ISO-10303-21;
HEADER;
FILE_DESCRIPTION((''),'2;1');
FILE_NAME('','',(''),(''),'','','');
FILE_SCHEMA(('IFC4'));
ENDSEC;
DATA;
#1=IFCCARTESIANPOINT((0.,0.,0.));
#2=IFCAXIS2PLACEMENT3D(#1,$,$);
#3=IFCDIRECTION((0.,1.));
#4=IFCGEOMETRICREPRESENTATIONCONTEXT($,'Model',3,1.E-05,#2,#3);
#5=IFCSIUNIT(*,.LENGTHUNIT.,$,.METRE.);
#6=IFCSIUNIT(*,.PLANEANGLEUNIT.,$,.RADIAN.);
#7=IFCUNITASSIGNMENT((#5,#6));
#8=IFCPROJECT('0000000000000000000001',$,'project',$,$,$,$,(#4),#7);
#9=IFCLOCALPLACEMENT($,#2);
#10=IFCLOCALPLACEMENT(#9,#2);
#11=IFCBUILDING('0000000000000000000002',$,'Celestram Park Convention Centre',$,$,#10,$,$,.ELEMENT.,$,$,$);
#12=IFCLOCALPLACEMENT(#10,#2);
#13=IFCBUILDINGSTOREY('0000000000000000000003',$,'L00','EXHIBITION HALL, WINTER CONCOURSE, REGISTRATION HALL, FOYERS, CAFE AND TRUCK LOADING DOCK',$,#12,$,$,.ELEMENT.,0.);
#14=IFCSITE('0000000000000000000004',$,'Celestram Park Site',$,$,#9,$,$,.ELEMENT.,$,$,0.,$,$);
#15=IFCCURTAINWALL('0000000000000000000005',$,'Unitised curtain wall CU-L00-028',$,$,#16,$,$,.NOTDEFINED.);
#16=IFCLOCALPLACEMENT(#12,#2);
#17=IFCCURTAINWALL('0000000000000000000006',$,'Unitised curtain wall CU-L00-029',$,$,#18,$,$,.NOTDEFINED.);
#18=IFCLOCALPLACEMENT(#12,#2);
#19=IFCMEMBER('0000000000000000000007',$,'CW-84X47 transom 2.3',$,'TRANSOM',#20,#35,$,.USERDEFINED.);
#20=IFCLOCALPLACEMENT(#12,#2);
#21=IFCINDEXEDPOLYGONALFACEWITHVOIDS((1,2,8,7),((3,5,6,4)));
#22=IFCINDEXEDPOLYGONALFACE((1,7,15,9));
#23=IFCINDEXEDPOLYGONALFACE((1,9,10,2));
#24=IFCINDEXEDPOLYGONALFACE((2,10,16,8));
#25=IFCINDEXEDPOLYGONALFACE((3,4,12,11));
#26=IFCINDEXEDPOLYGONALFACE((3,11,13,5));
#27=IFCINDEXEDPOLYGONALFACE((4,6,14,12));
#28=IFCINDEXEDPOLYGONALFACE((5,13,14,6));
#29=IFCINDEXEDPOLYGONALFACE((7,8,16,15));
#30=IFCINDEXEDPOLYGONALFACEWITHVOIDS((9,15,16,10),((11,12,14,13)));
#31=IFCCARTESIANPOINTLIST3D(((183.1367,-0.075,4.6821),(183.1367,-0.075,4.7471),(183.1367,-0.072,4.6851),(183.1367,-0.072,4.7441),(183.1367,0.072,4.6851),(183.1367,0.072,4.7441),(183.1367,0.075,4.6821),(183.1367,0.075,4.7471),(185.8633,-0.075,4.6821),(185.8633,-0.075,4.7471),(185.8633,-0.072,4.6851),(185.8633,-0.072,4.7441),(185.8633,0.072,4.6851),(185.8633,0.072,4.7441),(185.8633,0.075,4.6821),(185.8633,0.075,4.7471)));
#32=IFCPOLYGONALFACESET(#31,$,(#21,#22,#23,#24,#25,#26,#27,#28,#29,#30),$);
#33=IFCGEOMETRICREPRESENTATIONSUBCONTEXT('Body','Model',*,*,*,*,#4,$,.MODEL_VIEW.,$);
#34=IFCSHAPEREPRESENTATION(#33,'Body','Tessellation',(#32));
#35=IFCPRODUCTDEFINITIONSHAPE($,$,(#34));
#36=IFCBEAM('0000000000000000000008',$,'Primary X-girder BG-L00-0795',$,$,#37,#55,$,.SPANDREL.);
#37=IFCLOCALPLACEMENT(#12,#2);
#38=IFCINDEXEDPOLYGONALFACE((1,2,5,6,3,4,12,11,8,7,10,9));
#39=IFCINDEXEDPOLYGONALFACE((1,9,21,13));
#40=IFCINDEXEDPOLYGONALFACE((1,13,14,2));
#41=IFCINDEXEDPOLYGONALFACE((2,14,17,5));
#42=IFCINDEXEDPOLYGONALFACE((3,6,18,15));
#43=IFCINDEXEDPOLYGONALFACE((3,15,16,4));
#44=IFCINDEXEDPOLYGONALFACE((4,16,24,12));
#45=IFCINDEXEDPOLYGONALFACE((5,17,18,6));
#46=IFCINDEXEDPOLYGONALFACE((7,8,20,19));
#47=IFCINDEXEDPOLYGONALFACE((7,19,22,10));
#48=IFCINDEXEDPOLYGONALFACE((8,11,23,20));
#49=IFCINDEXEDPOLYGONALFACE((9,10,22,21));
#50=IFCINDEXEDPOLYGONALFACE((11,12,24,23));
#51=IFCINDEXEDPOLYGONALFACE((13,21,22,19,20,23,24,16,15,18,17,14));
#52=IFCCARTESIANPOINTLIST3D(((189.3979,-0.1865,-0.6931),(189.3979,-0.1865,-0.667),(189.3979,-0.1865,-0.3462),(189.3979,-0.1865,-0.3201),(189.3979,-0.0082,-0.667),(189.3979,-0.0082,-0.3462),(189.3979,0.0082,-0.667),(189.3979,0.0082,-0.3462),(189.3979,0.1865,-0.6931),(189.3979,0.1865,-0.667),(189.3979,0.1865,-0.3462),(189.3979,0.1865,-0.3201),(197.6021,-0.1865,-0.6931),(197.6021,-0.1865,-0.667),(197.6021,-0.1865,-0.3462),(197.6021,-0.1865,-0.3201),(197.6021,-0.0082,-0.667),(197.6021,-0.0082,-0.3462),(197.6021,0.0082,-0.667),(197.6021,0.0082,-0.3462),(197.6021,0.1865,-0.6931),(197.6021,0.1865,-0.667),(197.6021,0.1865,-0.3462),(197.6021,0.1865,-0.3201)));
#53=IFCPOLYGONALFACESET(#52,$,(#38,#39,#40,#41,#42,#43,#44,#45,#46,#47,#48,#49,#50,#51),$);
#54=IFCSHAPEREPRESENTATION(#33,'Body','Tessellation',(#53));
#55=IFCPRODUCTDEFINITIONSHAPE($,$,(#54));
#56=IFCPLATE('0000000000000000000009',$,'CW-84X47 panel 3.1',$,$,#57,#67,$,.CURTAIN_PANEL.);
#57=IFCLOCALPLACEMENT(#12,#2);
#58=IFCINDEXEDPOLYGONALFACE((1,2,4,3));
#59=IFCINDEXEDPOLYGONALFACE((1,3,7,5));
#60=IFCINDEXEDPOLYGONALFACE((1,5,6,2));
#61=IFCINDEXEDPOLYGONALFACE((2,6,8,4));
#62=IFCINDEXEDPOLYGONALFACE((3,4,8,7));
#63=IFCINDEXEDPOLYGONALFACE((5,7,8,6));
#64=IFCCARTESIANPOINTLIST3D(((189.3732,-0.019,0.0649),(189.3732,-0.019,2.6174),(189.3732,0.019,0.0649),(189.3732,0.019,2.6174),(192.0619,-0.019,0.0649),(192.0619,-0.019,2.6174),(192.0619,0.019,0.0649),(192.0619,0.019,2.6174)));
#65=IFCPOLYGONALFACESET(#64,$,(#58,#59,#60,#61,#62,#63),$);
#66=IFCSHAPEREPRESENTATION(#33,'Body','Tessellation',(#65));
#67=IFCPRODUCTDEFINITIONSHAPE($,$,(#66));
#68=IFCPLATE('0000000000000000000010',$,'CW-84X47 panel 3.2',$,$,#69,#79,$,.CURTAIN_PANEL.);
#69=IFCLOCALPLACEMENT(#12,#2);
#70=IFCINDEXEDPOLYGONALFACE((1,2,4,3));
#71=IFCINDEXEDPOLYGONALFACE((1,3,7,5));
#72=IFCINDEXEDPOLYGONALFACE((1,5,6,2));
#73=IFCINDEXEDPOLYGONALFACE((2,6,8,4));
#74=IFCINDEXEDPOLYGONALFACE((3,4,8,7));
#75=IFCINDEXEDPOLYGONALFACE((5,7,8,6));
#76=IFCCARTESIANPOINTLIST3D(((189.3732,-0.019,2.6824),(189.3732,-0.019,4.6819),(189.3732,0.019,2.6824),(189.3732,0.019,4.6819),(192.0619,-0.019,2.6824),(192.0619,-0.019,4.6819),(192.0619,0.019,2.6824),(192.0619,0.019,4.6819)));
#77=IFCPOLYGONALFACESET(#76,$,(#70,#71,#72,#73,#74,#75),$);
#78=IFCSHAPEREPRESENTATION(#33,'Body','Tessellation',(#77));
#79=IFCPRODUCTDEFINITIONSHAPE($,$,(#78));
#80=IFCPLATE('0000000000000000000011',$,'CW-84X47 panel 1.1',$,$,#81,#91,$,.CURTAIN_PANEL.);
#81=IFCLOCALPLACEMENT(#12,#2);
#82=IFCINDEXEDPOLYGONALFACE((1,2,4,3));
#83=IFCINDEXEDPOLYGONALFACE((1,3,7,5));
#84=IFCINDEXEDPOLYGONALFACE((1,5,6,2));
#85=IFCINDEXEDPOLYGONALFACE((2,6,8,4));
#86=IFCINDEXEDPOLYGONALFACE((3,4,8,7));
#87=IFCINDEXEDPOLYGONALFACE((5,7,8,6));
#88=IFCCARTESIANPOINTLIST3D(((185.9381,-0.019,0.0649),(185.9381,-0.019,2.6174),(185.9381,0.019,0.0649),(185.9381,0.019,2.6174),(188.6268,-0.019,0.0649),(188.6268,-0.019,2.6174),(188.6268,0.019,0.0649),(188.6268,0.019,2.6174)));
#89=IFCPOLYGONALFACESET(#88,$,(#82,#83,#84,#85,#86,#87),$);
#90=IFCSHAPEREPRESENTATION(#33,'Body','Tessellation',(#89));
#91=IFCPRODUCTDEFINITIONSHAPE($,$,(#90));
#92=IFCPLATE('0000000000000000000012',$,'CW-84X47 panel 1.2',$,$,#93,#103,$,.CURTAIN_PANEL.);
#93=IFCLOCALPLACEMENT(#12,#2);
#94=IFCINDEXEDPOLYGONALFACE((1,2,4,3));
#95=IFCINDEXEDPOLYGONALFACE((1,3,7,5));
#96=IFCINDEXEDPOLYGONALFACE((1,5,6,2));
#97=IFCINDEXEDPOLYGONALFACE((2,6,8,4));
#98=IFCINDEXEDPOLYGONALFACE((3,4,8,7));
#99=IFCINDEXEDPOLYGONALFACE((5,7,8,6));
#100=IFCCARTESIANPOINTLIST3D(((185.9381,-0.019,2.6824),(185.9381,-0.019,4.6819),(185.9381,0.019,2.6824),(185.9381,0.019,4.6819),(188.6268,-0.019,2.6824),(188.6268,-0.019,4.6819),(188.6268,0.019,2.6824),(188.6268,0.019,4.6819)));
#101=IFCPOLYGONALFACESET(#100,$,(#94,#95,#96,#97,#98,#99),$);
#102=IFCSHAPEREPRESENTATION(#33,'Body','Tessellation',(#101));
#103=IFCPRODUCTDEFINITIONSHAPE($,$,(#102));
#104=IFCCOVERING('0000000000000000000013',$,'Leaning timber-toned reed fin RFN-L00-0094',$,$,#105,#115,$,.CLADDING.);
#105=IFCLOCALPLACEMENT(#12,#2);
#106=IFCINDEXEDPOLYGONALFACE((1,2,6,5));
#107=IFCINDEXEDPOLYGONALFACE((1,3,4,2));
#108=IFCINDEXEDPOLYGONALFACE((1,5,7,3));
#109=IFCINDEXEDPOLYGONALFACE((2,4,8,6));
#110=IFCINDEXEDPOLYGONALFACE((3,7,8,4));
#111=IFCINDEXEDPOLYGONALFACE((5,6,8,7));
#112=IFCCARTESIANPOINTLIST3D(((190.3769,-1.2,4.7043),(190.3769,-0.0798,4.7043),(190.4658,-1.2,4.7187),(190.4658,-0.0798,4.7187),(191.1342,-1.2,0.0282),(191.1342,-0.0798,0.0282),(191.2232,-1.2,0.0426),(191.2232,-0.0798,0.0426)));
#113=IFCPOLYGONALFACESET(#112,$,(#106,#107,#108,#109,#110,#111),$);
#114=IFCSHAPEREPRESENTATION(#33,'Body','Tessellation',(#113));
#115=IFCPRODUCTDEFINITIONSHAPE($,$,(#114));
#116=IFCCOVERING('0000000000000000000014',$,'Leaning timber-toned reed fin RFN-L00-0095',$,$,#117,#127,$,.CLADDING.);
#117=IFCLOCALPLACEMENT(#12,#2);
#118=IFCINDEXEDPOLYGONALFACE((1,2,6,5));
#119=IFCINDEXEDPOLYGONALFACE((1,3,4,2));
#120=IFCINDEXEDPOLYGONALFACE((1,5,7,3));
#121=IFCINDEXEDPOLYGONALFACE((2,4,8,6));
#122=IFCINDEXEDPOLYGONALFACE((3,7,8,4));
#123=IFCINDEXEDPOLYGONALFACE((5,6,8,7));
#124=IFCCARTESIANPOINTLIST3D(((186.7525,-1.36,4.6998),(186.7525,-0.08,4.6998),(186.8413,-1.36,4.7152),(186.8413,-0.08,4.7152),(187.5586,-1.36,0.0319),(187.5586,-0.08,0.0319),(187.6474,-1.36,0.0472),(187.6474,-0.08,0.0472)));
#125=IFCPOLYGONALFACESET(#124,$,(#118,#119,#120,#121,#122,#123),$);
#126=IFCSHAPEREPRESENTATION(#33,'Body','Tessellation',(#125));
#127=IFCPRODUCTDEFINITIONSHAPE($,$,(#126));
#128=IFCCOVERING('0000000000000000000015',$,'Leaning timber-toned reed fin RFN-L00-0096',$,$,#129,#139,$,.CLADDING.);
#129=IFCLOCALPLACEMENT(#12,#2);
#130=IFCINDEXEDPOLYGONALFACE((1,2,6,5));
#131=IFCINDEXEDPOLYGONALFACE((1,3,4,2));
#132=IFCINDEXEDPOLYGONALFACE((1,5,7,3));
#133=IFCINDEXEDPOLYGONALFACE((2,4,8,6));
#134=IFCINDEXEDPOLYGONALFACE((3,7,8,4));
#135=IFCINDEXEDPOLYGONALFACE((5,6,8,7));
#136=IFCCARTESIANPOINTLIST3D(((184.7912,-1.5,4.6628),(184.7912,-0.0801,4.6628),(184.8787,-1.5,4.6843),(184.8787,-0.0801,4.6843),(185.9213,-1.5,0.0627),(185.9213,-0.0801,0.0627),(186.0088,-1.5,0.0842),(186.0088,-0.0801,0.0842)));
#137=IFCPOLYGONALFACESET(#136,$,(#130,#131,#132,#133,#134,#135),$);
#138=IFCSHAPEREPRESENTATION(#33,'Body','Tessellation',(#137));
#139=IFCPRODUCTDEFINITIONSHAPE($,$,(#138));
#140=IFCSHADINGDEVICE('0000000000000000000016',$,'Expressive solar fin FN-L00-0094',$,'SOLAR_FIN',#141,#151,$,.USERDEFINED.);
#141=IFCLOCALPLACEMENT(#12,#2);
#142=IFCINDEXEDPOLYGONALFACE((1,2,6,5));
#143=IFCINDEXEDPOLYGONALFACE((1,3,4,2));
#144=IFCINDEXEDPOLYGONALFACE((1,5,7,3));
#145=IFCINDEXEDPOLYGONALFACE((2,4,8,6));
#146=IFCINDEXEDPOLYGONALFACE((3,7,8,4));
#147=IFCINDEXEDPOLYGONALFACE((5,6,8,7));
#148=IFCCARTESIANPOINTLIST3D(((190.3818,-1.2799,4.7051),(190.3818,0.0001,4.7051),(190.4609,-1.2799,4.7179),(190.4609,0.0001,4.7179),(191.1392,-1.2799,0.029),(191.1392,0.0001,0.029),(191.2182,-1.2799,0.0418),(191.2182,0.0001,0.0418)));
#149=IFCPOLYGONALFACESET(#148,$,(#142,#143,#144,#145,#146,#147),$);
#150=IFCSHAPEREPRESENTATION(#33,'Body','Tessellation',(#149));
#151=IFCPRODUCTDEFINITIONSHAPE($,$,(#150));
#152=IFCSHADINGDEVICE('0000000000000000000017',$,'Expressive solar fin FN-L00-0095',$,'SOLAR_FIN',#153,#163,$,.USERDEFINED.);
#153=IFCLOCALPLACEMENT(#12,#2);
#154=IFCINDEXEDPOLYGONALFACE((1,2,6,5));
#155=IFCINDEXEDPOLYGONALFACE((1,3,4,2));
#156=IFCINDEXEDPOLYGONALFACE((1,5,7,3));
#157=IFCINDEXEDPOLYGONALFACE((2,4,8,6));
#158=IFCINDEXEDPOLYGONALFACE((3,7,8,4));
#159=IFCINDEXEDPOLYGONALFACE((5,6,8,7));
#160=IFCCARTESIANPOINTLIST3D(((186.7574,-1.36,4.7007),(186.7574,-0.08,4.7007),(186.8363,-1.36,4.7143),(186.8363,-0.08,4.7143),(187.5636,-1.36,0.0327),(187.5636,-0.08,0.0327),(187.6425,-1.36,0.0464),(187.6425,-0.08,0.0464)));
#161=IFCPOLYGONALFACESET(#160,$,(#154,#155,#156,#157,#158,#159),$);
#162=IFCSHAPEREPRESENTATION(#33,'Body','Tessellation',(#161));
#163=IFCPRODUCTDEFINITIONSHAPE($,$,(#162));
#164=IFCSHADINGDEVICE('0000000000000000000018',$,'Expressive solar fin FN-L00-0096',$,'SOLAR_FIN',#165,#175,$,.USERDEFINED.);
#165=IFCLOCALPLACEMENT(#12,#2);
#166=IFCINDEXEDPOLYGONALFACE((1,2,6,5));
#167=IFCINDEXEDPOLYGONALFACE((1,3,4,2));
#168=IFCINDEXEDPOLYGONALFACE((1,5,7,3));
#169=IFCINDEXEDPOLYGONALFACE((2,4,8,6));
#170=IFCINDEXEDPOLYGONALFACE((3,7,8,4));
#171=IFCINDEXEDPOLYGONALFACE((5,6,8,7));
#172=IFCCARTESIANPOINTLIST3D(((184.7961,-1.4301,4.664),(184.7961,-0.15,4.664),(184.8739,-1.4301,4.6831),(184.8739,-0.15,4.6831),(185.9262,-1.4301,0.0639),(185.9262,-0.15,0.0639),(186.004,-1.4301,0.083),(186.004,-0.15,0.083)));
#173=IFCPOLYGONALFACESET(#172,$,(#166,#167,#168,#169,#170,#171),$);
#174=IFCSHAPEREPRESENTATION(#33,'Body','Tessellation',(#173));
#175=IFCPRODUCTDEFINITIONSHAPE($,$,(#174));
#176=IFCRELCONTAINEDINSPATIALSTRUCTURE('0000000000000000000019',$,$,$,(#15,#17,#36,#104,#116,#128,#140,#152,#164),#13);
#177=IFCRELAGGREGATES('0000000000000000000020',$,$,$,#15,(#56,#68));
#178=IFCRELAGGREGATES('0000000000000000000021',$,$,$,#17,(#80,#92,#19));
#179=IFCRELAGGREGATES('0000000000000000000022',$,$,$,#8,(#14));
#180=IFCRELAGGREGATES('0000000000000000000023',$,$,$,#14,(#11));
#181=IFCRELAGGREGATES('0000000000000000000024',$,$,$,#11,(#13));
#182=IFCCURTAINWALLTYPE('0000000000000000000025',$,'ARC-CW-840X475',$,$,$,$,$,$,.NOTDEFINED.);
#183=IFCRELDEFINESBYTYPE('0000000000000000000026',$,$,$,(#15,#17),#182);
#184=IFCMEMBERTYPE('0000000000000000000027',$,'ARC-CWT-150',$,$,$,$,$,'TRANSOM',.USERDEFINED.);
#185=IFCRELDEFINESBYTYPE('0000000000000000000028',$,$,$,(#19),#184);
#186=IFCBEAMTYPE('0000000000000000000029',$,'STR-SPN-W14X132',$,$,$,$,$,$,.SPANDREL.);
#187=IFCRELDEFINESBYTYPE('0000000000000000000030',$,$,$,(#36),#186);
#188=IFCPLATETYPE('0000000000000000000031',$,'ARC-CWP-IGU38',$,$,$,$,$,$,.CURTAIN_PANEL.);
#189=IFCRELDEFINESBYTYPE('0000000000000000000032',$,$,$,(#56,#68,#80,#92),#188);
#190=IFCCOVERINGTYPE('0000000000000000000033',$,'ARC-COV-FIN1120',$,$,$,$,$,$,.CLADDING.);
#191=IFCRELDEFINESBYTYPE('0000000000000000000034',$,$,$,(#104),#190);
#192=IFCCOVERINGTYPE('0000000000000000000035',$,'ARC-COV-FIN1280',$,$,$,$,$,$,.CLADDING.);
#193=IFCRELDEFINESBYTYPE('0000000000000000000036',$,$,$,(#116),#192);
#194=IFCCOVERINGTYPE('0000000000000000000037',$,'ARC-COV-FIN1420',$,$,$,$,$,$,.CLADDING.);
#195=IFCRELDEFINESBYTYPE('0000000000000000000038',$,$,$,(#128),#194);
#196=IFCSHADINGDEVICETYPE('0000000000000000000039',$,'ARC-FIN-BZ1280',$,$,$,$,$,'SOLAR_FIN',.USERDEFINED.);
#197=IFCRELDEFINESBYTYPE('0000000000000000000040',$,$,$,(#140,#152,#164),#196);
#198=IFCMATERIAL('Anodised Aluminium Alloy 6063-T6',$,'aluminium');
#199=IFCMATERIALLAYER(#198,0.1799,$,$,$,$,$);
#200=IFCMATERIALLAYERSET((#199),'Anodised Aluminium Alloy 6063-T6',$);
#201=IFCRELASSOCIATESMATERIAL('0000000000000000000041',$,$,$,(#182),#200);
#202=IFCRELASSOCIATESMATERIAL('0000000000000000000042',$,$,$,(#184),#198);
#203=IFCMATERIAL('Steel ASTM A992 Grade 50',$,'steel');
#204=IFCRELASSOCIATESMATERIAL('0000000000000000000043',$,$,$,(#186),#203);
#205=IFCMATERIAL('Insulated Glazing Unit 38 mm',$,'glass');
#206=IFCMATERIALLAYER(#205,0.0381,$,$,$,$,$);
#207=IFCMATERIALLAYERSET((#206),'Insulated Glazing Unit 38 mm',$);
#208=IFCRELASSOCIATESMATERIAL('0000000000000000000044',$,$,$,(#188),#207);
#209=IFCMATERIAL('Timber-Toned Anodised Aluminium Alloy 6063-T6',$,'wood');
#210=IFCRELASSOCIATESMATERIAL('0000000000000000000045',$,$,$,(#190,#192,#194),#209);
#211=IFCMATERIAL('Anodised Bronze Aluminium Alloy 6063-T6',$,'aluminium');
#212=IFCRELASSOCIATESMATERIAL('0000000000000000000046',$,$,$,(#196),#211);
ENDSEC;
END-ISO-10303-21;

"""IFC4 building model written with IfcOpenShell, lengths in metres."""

from ifc_helpers import new_model, si_unit, direction, frame, origin, origin_2d, place, context, subcontext, project, spatial, rectangle, hollow_rectangle, i_section, extrude, material, layer, layer_set, material_profile, profile_set, type_object, element, aggregate, save


model = new_model("IFC4")

# Units and contexts
model_context = context("Model", 3, precision=1e-05, world=origin(), true_north=direction((0.0, 1.0)))
body_context = subcontext(model_context, "Body", "Model", "MODEL_VIEW")
ifc_project = project(units=[si_unit("LENGTHUNIT", "METRE"), si_unit("PLANEANGLEUNIT", "RADIAN")], contexts=[model_context])

# Site, building, storey
site_placement = place(None, origin())
site = spatial("IfcSite", under=ifc_project, at=site_placement, Name="Celestram Park Site", CompositionType="ELEMENT", RefElevation=0.0)
building_placement = place(site_placement, origin())
building = spatial("IfcBuilding", under=site, at=building_placement, Name="Celestram Park Convention Centre", CompositionType="ELEMENT")
storey_placement = place(building_placement, origin())
storey = spatial("IfcBuildingStorey", under=building, at=storey_placement, Name="L00", Description="EXHIBITION HALL, WINTER CONCOURSE, REGISTRATION HALL, FOYERS, CAFE AND TRUCK LOADING DOCK", CompositionType="ELEMENT", Elevation=0.0)

# Curtain wall
ifc_material_1 = material(Name="Anodised Aluminium Alloy 6063-T6", Category="aluminium")
ifc_layer_1 = layer(ifc_material_1, 0.1799)
ifc_layer_set_1 = layer_set([ifc_layer_1], Name="Anodised Aluminium Alloy 6063-T6")
curtain_wall_type = type_object("IfcCurtainWallType", Name="ARC-CW-840X475", PredefinedType="NOTDEFINED", material=ifc_layer_set_1)
curtain_wall_1_placement = place(storey_placement, origin())
curtain_wall_1 = element("IfcCurtainWall", 1, at=curtain_wall_1_placement, inside=storey, type_object=curtain_wall_type, Name="Unitised curtain wall CU-L00-028", PredefinedType="NOTDEFINED")

# Curtain wall
curtain_wall_2_placement = place(storey_placement, origin())
curtain_wall_2 = element("IfcCurtainWall", 2, at=curtain_wall_2_placement, inside=storey, type_object=curtain_wall_type, Name="Unitised curtain wall CU-L00-029", PredefinedType="NOTDEFINED")

# Member
ifc_material_profile_1 = material_profile(ifc_material_1, hollow_rectangle(XDim=0.1499, YDim=0.0649, WallThickness=0.0029, at=origin_2d()), Name="ALU150X65X3")
ifc_profile_set_1 = profile_set([ifc_material_profile_1], Name="Anodised Aluminium Alloy 6063-T6")
member_type_1 = type_object("IfcMemberType", Name="ARC-CWT-150", ElementType="TRANSOM", PredefinedType="USERDEFINED", material=ifc_profile_set_1)
member_1_placement = place(storey_placement, frame((185.8633, 0.0, 4.7146), z_axis=(-1.0, 0.0, 0.0), x_axis=(0.0, -1.0, 0.0)))
member_1 = element("IfcMember", 3, at=member_1_placement, type_object=member_type_1, Name="CW-84X47 transom 2.3", ObjectType="TRANSOM", PredefinedType="USERDEFINED", context=body_context, shape_type="SweptSolid", body=[
    extrude(hollow_rectangle(XDim=0.1499, YDim=0.0649, WallThickness=0.0029, at=origin_2d()), origin(), (0.0, 0.0, 1.0), 2.7266),
])

# Beam
ifc_material_2 = material(Name="Steel ASTM A992 Grade 50", Category="steel")
ifc_material_profile_2 = material_profile(ifc_material_2, i_section(OverallWidth=0.373, OverallDepth=0.373, WebThickness=0.0164, FlangeThickness=0.0261, at=origin_2d()), Name="W14X132")
ifc_profile_set_2 = profile_set([ifc_material_profile_2], Name="Steel ASTM A992 Grade 50")
beam_type = type_object("IfcBeamType", Name="STR-SPN-W14X132", PredefinedType="SPANDREL", material=ifc_profile_set_2)
beam_placement = place(storey_placement, frame((189.3979, 0.0, -0.5066), z_axis=(1.0, 0.0, 0.0), x_axis=(0.0, 1.0, 0.0)))
element("IfcBeam", 4, at=beam_placement, inside=storey, type_object=beam_type, Name="Primary X-girder BG-L00-0795", PredefinedType="SPANDREL", context=body_context, shape_type="SweptSolid", body=[
    extrude(i_section(OverallWidth=0.373, OverallDepth=0.373, WebThickness=0.0164, FlangeThickness=0.0261, at=origin_2d()), origin(), (0.0, 0.0, 1.0), 8.2041),
])

# Plates
ifc_material_3 = material(Name="Insulated Glazing Unit 38 mm", Category="glass")
ifc_layer_2 = layer(ifc_material_3, 0.0381)
ifc_layer_set_2 = layer_set([ifc_layer_2], Name="Insulated Glazing Unit 38 mm")
plate_type = type_object("IfcPlateType", Name="ARC-CWP-IGU38", PredefinedType="CURTAIN_PANEL", material=ifc_layer_set_2)
plate_1_placement = place(storey_placement, frame((190.7175, 0.0, 0.0649), z_axis=(0.0, 0.0, 1.0), x_axis=(-1.0, 0.0, 0.0)))
plate_1 = element("IfcPlate", 5, at=plate_1_placement, type_object=plate_type, Name="CW-84X47 panel 3.1", PredefinedType="CURTAIN_PANEL", context=body_context, shape_type="SweptSolid", body=[
    extrude(rectangle(XDim=2.6887, YDim=0.0381, at=origin_2d()), origin(), (0.0, 0.0, 1.0), 2.5525),
])
plate_2_placement = place(storey_placement, frame((190.7175, 0.0, 2.6824), z_axis=(0.0, 0.0, 1.0), x_axis=(-1.0, 0.0, 0.0)))
plate_2 = element("IfcPlate", 6, at=plate_2_placement, type_object=plate_type, Name="CW-84X47 panel 3.2", PredefinedType="CURTAIN_PANEL", context=body_context, shape_type="SweptSolid", body=[
    extrude(rectangle(XDim=2.6887, YDim=0.0381, at=origin_2d()), origin(), (0.0, 0.0, 1.0), 1.9995),
])
aggregate(curtain_wall_1, [plate_1, plate_2])
plate_3_placement = place(storey_placement, frame((187.2825, 0.0, 0.0649), z_axis=(0.0, 0.0, 1.0), x_axis=(-1.0, 0.0, 0.0)))
plate_3 = element("IfcPlate", 7, at=plate_3_placement, type_object=plate_type, Name="CW-84X47 panel 1.1", PredefinedType="CURTAIN_PANEL", context=body_context, shape_type="SweptSolid", body=[
    extrude(rectangle(XDim=2.6887, YDim=0.0381, at=origin_2d()), origin(), (0.0, 0.0, 1.0), 2.5525),
])
plate_4_placement = place(storey_placement, frame((187.2825, 0.0, 2.6824), z_axis=(0.0, 0.0, 1.0), x_axis=(-1.0, 0.0, 0.0)))
plate_4 = element("IfcPlate", 8, at=plate_4_placement, type_object=plate_type, Name="CW-84X47 panel 1.2", PredefinedType="CURTAIN_PANEL", context=body_context, shape_type="SweptSolid", body=[
    extrude(rectangle(XDim=2.6887, YDim=0.0381, at=origin_2d()), origin(), (0.0, 0.0, 1.0), 1.9995),
])
aggregate(curtain_wall_2, [plate_3, plate_4, member_1])

# Coverings
ifc_material_4 = material(Name="Timber-Toned Anodised Aluminium Alloy 6063-T6", Category="wood")
ifc_material_profile_3 = material_profile(ifc_material_4, rectangle(XDim=1.1201, YDim=0.0901, at=origin_2d()), Name="REED1120X90")
ifc_profile_set_3 = profile_set([ifc_material_profile_3], Name="Timber-Toned Anodised Aluminium Alloy 6063-T6")
covering_type_1 = type_object("IfcCoveringType", Name="ARC-COV-FIN1120", PredefinedType="CLADDING", material=ifc_profile_set_3)
covering_1_placement = place(storey_placement, frame((191.1787, -0.6399, 0.0354), z_axis=(-0.159876, 0.0, 0.987137), x_axis=(0.0, -1.0, 0.0)))
element("IfcCovering", 9, at=covering_1_placement, inside=storey, type_object=covering_type_1, Name="Leaning timber-toned reed fin RFN-L00-0094", PredefinedType="CLADDING", context=body_context, shape_type="SweptSolid", body=[
    extrude(rectangle(XDim=1.1201, YDim=0.0901, at=origin_2d()), origin(), (0.0, 0.0, 1.0), 4.7371),
])
ifc_material_profile_4 = material_profile(ifc_material_4, rectangle(XDim=1.28, YDim=0.0901, at=origin_2d()), Name="REED1280X90")
ifc_profile_set_4 = profile_set([ifc_material_profile_4], Name="Timber-Toned Anodised Aluminium Alloy 6063-T6")
covering_type_2 = type_object("IfcCoveringType", Name="ARC-COV-FIN1280", PredefinedType="CLADDING", material=ifc_profile_set_4)
covering_2_placement = place(storey_placement, frame((187.603, -0.72, 0.0396), z_axis=(-0.17018, 0.0, 0.985413), x_axis=(0.0, -1.0, 0.0)))
element("IfcCovering", 10, at=covering_2_placement, inside=storey, type_object=covering_type_2, Name="Leaning timber-toned reed fin RFN-L00-0095", PredefinedType="CLADDING", context=body_context, shape_type="SweptSolid", body=[
    extrude(rectangle(XDim=1.28, YDim=0.0901, at=origin_2d()), origin(), (0.0, 0.0, 1.0), 4.7371),
])
ifc_material_profile_5 = material_profile(ifc_material_4, rectangle(XDim=1.4199, YDim=0.0901, at=origin_2d()), Name="REED1420X90")
ifc_profile_set_5 = profile_set([ifc_material_profile_5], Name="Timber-Toned Anodised Aluminium Alloy 6063-T6")
covering_type_3 = type_object("IfcCoveringType", Name="ARC-COV-FIN1420", PredefinedType="CLADDING", material=ifc_profile_set_5)
covering_3_placement = place(storey_placement, frame((185.9651, -0.79, 0.0735), z_axis=(-0.23858, 0.0, 0.971123), x_axis=(0.0, -1.0, 0.0)))
element("IfcCovering", 11, at=covering_3_placement, inside=storey, type_object=covering_type_3, Name="Leaning timber-toned reed fin RFN-L00-0096", PredefinedType="CLADDING", context=body_context, shape_type="SweptSolid", body=[
    extrude(rectangle(XDim=1.4199, YDim=0.0901, at=origin_2d()), origin(), (0.0, 0.0, 1.0), 4.7368),
])

# Shading devices
ifc_material_5 = material(Name="Anodised Bronze Aluminium Alloy 6063-T6", Category="aluminium")
ifc_material_profile_6 = material_profile(ifc_material_5, rectangle(XDim=1.28, YDim=0.0801, at=origin_2d()), Name="FIN1280X80")
ifc_profile_set_6 = profile_set([ifc_material_profile_6], Name="Anodised Bronze Aluminium Alloy 6063-T6")
shading_device_type = type_object("IfcShadingDeviceType", Name="ARC-FIN-BZ1280", ElementType="SOLAR_FIN", PredefinedType="USERDEFINED", material=ifc_profile_set_6)
for number, where, z_axis, x_axis, name in (
    (12, (191.1787, -0.6399, 0.0354), (-0.159876, 0.0, 0.987137), (0.0, -1.0, 0.0), "Expressive solar fin FN-L00-0094"),
    (13, (187.603, -0.72, 0.0396), (-0.17018, 0.0, 0.985413), (0.0, -1.0, 0.0), "Expressive solar fin FN-L00-0095"),
):
    element("IfcShadingDevice", number, at=place(storey_placement, frame(where, z_axis=z_axis, x_axis=x_axis)), inside=storey, type_object=shading_device_type, Name=name, ObjectType="SOLAR_FIN", PredefinedType="USERDEFINED", context=body_context, shape_type="SweptSolid", body=[
        extrude(rectangle(XDim=1.28, YDim=0.0801, at=origin_2d()), origin(), (0.0, 0.0, 1.0), 4.7371),
    ])
shading_device_placement = place(storey_placement, frame((185.9651, -0.79, 0.0735), z_axis=(-0.23858, 0.0, 0.971123), x_axis=(0.0, -1.0, 0.0)))
element("IfcShadingDevice", 14, at=shading_device_placement, inside=storey, type_object=shading_device_type, Name="Expressive solar fin FN-L00-0096", ObjectType="SOLAR_FIN", PredefinedType="USERDEFINED", context=body_context, shape_type="SweptSolid", body=[
    extrude(rectangle(XDim=1.28, YDim=0.0801, at=origin_2d()), origin(), (0.0, 0.0, 1.0), 4.7368),
])

save(model, "model.ifc")
